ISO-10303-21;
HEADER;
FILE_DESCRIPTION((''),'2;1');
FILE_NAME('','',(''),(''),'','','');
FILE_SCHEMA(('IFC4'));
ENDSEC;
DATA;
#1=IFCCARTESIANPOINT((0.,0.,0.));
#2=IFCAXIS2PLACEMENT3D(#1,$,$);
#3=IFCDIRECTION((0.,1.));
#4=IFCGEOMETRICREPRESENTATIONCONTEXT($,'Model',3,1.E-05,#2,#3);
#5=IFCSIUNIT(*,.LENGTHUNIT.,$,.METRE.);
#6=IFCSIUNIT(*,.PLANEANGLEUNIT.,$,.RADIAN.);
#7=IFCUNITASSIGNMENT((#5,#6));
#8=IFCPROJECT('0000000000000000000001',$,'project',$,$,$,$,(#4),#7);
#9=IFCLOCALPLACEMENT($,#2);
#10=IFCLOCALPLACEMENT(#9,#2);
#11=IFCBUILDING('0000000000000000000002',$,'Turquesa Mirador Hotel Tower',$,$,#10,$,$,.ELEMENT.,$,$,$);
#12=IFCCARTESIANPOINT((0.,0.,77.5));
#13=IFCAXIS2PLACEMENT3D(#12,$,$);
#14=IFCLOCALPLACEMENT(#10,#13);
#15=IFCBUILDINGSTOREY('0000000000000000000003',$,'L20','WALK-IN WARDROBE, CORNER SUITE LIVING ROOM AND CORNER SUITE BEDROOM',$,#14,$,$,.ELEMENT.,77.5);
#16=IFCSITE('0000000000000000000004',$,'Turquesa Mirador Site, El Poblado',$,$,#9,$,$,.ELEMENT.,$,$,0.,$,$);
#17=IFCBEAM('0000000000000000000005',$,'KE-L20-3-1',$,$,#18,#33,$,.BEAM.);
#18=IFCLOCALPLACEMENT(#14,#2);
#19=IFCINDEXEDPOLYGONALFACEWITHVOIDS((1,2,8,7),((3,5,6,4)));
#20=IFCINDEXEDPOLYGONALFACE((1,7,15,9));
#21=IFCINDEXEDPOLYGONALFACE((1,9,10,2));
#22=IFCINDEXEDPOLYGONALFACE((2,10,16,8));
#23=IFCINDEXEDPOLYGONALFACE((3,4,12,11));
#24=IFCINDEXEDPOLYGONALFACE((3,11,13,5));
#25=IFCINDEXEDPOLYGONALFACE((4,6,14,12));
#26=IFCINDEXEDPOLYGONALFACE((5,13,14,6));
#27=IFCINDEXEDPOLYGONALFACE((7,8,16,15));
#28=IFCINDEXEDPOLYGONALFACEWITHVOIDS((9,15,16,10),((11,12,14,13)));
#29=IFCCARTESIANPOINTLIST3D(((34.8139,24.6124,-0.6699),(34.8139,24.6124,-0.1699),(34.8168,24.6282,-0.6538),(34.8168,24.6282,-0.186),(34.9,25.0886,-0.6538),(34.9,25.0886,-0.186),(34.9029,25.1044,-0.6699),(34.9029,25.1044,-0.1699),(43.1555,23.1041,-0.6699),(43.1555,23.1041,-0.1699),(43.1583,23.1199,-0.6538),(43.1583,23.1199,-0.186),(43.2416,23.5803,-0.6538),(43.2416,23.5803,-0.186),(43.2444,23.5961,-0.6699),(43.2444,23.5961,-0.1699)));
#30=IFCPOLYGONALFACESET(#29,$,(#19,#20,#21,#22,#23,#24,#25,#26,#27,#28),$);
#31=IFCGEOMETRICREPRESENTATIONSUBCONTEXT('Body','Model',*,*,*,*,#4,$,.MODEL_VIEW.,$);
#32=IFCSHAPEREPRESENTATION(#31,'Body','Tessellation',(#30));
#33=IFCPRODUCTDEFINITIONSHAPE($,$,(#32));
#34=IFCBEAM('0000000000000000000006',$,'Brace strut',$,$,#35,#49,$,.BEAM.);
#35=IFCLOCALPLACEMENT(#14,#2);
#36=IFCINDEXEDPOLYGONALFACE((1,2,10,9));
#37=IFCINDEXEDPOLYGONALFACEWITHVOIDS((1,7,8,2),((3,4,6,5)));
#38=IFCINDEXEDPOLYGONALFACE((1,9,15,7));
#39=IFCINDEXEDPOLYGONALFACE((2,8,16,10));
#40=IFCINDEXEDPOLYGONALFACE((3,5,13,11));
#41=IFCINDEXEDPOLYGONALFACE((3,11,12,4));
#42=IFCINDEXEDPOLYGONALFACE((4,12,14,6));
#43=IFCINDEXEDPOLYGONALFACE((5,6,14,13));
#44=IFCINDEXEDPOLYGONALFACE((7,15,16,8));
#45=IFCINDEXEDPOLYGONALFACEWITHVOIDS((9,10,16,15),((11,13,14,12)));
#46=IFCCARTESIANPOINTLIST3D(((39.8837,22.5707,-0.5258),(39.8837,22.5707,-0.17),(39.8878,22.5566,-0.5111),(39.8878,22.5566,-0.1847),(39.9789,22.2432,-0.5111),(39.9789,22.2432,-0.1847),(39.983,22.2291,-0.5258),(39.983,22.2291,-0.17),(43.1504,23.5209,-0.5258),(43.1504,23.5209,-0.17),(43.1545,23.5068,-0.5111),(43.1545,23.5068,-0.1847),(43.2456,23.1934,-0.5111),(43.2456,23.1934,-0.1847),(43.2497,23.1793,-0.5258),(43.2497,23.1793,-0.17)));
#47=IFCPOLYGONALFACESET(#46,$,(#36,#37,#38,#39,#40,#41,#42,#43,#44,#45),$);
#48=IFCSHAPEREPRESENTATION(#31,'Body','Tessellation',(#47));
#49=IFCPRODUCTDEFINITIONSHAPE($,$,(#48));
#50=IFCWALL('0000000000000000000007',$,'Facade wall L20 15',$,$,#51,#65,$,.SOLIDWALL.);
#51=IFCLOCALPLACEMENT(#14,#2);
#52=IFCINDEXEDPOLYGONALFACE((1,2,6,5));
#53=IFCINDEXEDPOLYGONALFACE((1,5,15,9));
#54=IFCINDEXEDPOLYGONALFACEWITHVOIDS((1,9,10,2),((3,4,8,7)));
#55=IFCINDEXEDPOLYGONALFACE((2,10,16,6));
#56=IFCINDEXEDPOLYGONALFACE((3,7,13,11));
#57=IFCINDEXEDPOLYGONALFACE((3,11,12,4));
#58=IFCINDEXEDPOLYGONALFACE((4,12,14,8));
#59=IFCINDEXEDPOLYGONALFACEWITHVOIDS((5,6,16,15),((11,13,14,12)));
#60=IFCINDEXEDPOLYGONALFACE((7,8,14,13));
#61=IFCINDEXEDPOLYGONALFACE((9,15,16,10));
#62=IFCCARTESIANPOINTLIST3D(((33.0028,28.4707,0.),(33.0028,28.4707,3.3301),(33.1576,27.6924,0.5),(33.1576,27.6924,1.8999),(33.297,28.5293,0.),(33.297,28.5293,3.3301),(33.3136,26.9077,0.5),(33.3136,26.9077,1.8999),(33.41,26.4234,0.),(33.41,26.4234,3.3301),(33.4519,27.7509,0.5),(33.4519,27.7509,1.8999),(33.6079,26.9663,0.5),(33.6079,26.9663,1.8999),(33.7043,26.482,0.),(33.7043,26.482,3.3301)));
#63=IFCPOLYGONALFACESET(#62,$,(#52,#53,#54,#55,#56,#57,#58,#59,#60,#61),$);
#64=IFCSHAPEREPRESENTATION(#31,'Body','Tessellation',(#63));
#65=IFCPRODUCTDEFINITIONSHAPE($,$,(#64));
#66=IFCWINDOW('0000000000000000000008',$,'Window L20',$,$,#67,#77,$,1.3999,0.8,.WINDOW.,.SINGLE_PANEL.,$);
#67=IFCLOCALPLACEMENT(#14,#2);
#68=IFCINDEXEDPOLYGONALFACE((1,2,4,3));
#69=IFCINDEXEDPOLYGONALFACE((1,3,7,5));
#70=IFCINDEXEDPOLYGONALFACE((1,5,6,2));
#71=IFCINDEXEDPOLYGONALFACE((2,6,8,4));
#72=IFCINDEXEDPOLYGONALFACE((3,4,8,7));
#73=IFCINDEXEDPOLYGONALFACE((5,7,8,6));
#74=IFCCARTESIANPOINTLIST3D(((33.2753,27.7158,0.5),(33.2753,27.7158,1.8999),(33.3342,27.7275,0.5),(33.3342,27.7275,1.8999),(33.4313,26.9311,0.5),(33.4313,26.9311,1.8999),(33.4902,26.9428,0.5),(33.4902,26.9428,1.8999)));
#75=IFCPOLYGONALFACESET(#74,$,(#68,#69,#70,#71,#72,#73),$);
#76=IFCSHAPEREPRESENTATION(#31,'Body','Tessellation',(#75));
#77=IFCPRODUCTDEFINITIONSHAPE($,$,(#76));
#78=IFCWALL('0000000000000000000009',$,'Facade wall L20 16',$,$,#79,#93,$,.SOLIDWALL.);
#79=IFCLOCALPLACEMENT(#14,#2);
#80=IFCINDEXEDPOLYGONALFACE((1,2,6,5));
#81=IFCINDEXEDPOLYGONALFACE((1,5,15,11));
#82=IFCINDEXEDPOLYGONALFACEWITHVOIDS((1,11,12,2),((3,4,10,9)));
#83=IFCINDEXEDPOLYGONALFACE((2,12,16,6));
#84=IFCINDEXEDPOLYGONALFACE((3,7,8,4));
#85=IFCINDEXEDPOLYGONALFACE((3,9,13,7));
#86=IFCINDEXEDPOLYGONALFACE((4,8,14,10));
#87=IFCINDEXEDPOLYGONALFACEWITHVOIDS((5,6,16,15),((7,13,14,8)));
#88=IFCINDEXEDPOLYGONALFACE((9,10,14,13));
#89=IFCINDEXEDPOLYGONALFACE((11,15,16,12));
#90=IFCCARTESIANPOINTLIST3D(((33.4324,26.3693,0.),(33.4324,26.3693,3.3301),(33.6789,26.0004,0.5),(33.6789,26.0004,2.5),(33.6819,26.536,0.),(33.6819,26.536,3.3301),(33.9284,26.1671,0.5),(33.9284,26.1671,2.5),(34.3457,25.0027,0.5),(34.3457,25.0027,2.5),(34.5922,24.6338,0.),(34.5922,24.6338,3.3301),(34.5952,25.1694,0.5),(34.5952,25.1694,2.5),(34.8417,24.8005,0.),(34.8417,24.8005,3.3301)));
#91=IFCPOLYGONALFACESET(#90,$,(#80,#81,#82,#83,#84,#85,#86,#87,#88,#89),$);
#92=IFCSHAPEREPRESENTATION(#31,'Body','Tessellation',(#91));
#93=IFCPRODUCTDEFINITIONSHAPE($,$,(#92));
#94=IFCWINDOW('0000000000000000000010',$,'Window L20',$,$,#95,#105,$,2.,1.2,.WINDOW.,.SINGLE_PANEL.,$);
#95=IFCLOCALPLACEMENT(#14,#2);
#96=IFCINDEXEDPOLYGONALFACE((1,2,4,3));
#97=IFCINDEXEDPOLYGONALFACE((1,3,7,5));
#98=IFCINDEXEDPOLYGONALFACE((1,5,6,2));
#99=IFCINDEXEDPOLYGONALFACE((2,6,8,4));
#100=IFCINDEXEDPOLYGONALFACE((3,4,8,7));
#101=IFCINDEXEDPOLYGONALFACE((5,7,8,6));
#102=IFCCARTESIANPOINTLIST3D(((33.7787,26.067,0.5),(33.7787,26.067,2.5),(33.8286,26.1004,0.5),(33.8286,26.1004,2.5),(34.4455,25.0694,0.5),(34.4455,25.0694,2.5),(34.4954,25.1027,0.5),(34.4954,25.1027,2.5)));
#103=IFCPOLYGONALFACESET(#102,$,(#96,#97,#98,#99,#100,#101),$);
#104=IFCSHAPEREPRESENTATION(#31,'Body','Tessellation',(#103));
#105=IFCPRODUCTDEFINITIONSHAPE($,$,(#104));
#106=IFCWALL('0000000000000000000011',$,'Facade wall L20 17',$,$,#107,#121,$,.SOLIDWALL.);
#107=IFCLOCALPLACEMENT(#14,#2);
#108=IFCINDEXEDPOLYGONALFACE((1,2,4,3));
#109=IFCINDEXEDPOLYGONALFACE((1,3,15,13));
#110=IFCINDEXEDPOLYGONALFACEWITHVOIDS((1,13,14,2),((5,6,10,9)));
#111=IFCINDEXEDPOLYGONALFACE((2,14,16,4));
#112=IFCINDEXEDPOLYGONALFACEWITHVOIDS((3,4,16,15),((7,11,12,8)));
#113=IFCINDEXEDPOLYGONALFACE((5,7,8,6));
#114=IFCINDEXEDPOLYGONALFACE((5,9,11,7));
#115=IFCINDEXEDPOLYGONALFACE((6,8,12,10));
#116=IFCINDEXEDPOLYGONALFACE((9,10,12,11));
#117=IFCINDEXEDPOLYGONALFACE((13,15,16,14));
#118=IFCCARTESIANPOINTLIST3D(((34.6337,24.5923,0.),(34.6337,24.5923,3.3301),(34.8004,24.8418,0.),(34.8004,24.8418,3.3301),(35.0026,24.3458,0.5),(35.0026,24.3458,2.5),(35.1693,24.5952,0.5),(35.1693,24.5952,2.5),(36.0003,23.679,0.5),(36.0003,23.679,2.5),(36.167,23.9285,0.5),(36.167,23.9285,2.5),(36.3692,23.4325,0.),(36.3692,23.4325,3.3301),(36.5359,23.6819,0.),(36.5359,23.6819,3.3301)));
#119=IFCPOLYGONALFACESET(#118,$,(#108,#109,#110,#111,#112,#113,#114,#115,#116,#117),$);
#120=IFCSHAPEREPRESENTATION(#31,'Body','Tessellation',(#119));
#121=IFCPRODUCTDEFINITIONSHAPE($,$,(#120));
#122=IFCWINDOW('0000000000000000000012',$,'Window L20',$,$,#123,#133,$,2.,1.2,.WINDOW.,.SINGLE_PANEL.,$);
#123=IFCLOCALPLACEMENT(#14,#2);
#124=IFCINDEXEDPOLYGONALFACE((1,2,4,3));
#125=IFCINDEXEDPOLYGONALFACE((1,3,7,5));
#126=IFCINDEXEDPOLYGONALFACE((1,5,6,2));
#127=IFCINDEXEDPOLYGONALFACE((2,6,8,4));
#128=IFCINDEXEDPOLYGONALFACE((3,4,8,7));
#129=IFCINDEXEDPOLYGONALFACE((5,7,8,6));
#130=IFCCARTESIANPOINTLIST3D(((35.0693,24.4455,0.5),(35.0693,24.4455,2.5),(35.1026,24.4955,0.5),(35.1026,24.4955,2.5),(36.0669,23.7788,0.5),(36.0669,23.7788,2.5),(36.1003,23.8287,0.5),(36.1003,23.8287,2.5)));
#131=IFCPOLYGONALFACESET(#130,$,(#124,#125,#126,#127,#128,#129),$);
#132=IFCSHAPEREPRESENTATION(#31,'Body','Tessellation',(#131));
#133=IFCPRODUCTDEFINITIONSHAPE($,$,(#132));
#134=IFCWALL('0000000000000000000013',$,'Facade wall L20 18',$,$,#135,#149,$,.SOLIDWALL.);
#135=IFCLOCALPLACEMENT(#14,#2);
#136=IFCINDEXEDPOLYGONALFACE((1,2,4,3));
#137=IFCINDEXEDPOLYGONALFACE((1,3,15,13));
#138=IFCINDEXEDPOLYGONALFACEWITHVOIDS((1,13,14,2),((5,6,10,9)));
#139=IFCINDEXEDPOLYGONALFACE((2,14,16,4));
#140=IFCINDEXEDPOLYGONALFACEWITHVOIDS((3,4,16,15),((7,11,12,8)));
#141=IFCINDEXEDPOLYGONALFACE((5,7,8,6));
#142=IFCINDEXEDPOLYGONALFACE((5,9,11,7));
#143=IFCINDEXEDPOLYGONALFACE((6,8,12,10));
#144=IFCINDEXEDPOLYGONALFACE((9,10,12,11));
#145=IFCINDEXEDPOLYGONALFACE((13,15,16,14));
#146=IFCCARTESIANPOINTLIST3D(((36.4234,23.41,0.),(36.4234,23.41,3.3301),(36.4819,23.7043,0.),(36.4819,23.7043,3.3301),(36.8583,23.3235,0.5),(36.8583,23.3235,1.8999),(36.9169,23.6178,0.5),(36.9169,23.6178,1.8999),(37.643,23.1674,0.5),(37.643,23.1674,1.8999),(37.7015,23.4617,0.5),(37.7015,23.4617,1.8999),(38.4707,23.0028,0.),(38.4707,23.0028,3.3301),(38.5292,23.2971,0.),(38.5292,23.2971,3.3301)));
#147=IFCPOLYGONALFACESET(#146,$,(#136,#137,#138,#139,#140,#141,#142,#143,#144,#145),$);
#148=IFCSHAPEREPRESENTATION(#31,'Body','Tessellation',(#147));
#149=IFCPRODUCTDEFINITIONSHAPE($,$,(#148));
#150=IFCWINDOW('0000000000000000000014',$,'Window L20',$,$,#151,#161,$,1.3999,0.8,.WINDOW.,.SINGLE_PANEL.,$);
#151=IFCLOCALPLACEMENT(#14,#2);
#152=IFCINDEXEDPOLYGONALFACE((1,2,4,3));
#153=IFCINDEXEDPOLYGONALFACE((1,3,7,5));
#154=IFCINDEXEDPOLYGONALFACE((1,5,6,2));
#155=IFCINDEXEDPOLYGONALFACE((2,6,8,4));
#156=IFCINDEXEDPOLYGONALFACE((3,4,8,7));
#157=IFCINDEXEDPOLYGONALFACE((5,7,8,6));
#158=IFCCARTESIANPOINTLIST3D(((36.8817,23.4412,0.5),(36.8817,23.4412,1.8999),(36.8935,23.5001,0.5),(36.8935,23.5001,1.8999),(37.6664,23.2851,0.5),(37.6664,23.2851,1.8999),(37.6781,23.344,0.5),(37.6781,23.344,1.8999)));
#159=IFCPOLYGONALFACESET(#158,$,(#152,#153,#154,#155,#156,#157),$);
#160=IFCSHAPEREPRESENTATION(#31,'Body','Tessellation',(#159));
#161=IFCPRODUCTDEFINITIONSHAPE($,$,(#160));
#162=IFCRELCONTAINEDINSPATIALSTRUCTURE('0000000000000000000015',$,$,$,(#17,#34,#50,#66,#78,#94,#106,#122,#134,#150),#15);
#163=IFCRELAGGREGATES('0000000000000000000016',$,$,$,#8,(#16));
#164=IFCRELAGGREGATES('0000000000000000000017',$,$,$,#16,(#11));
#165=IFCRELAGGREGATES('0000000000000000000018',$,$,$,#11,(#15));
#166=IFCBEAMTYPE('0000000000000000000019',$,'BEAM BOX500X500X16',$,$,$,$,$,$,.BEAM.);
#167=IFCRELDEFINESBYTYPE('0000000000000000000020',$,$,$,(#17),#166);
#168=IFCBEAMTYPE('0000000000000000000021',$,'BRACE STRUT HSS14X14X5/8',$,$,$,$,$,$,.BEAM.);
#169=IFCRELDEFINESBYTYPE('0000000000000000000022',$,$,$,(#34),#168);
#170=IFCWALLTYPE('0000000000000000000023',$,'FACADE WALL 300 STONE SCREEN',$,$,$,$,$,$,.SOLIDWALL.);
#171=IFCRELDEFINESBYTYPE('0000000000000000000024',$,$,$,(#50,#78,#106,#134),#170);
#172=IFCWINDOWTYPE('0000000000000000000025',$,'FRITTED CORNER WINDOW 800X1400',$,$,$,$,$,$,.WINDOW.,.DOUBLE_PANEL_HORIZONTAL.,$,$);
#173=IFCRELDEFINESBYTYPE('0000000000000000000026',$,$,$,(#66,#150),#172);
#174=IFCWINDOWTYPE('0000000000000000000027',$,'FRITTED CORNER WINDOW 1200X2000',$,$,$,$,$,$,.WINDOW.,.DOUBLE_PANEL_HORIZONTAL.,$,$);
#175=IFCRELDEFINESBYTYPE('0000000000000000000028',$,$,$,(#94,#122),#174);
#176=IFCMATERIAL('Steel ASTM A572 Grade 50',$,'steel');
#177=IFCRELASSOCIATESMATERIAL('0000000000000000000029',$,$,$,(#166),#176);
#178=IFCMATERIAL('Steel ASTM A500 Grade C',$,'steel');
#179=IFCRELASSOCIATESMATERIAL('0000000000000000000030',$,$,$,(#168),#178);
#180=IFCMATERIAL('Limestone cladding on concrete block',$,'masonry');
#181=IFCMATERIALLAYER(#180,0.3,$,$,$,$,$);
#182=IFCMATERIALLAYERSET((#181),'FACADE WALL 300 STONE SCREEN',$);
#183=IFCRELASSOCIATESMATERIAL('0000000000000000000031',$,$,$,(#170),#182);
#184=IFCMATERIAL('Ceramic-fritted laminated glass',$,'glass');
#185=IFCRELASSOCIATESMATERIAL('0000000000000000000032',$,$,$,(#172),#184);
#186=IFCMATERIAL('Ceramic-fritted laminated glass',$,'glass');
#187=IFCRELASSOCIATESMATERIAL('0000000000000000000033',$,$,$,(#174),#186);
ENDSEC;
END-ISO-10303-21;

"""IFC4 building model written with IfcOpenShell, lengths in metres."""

from ifc_helpers import new_model, si_unit, direction, frame, frame_2d, origin, origin_2d, place, context, subcontext, project, spatial, rectangle, hollow_rectangle, extrude, material, layer, layer_set, material_profile, profile_set, type_object, element, fill, save


model = new_model("IFC4")

# Units and contexts
model_context = context("Model", 3, precision=1e-05, world=origin(), true_north=direction((0.0, 1.0)))
body_context = subcontext(model_context, "Body", "Model", "MODEL_VIEW")
ifc_project = project(units=[si_unit("LENGTHUNIT", "METRE"), si_unit("PLANEANGLEUNIT", "RADIAN")], contexts=[model_context])

# Site, building, storey
site_placement = place(None, origin())
site = spatial("IfcSite", under=ifc_project, at=site_placement, Name="Turquesa Mirador Site, El Poblado", CompositionType="ELEMENT", RefElevation=0.0)
building_placement = place(site_placement, origin())
building = spatial("IfcBuilding", under=site, at=building_placement, Name="Turquesa Mirador Hotel Tower", CompositionType="ELEMENT")
storey_placement = place(building_placement, frame((0.0, 0.0, 77.5)))
storey = spatial("IfcBuildingStorey", under=building, at=storey_placement, Name="L20", Description="WALK-IN WARDROBE, CORNER SUITE LIVING ROOM AND CORNER SUITE BEDROOM", CompositionType="ELEMENT", Elevation=77.5)

# Beams
ifc_material_1 = material(Name="Steel ASTM A572 Grade 50", Category="steel")
ifc_material_profile_1 = material_profile(ifc_material_1, hollow_rectangle(XDim=0.5, YDim=0.5, WallThickness=0.0161, at=origin_2d()), Name="BOX500X500X16")
ifc_profile_set_1 = profile_set([ifc_material_profile_1], Name="Steel ASTM A572 Grade 50")
beam_type_1 = type_object("IfcBeamType", Name="BEAM BOX500X500X16", PredefinedType="BEAM", material=ifc_profile_set_1)
beam_1_placement = place(storey_placement, frame((34.8584, 24.8584, -0.4199), z_axis=(0.984043, -0.177932, 0.0), x_axis=(0.177932, 0.984043, 0.0)))
element("IfcBeam", 1, at=beam_1_placement, inside=storey, type_object=beam_type_1, Name="KE-L20-3-1", PredefinedType="BEAM", context=body_context, shape_type="SweptSolid", body=[
    extrude(hollow_rectangle(XDim=0.5, YDim=0.5, WallThickness=0.0161, at=origin_2d()), origin(), (0.0, 0.0, 1.0), 8.4768),
])
ifc_material_2 = material(Name="Steel ASTM A500 Grade C", Category="steel")
ifc_material_profile_2 = material_profile(ifc_material_2, hollow_rectangle(XDim=0.3557, YDim=0.3557, WallThickness=0.0146, at=origin_2d()), Name="HSS14X14X5/8")
ifc_profile_set_2 = profile_set([ifc_material_profile_2], Name="Steel ASTM A500 Grade C")
beam_type_2 = type_object("IfcBeamType", Name="BRACE STRUT HSS14X14X5/8", PredefinedType="BEAM", material=ifc_profile_set_2)
beam_2_placement = place(storey_placement, frame((39.9333, 22.3999, -0.3479), z_axis=(0.960202, 0.279305, 0.0), x_axis=(-0.279305, 0.960202, 0.0)))
element("IfcBeam", 2, at=beam_2_placement, inside=storey, type_object=beam_type_2, Name="Brace strut", PredefinedType="BEAM", context=body_context, shape_type="SweptSolid", body=[
    extrude(hollow_rectangle(XDim=0.3557, YDim=0.3557, WallThickness=0.0146, at=origin_2d()), origin(), (0.0, 0.0, 1.0), 3.4021),
])

# Walls, openings, windows
ifc_material_3 = material(Name="Limestone cladding on concrete block", Category="masonry")
ifc_layer_1 = layer(ifc_material_3, 0.3)
ifc_layer_set_1 = layer_set([ifc_layer_1], Name="FACADE WALL 300 STONE SCREEN")
wall_type_1 = type_object("IfcWallType", Name="FACADE WALL 300 STONE SCREEN", PredefinedType="SOLIDWALL", material=ifc_layer_set_1)
wall_1_placement = place(storey_placement, frame((33.1499, 28.5, 0.0), z_axis=(0.0, 0.0, 1.0), x_axis=(0.195081, -0.980787, 0.0)))
wall_1 = element("IfcWall", 3, at=wall_1_placement, inside=storey, type_object=wall_type_1, Name="Facade wall L20 15", PredefinedType="SOLIDWALL", context=body_context, shape_type="SweptSolid", body=[
    extrude(rectangle(XDim=2.0874, YDim=0.3, at=frame_2d((1.0437, 0.0))), origin(), (0.0, 0.0, 1.0), 3.3301),
])
opening_1_placement = place(wall_1_placement, frame((0.7937, 0.0, 0.5)))
opening_1 = element("IfcOpeningElement", 4, at=opening_1_placement, cuts=wall_1, PredefinedType="OPENING", context=body_context, shape_type="SweptSolid", body=[
    extrude(rectangle(XDim=0.8, YDim=1.3999, at=frame_2d((0.3999, 0.7))), frame((0.0, 0.1599, 0.0), z_axis=(0.0, -1.0, 0.0), x_axis=(1.0, 0.0, 0.0)), (0.0, 0.0, 1.0), 0.3201),
])
ifc_material_4 = material(Name="Ceramic-fritted laminated glass", Category="glass")
window_type_1 = type_object("IfcWindowType", Name="FRITTED CORNER WINDOW 800X1400", PartitioningType="DOUBLE_PANEL_HORIZONTAL", PredefinedType="WINDOW", material=ifc_material_4)
window_1_placement = place(opening_1_placement, origin())
window_1 = element("IfcWindow", 5, at=window_1_placement, inside=storey, type_object=window_type_1, Name="Window L20", OverallHeight=1.3999, OverallWidth=0.8, PartitioningType="SINGLE_PANEL", PredefinedType="WINDOW", context=body_context, shape_type="SweptSolid", body=[
    extrude(rectangle(XDim=0.8, YDim=1.3999, at=frame_2d((0.3999, 0.7))), frame((0.0, 0.03, 0.0), z_axis=(0.0, -1.0, 0.0), x_axis=(1.0, 0.0, 0.0)), (0.0, 0.0, 1.0), 0.0601),
])
fill(opening_1, window_1)
wall_2_placement = place(storey_placement, frame((33.5571, 26.4526, 0.0), z_axis=(0.0, 0.0, 1.0), x_axis=(0.555644, -0.83142, 0.0)))
wall_2 = element("IfcWall", 6, at=wall_2_placement, inside=storey, type_object=wall_type_1, Name="Facade wall L20 16", PredefinedType="SOLIDWALL", context=body_context, shape_type="SweptSolid", body=[
    extrude(rectangle(XDim=2.0874, YDim=0.3, at=frame_2d((1.0437, 0.0))), origin(), (0.0, 0.0, 1.0), 3.3301),
])
opening_2_placement = place(wall_2_placement, frame((0.4436, 0.0, 0.5)))
opening_2 = element("IfcOpeningElement", 7, at=opening_2_placement, cuts=wall_2, PredefinedType="OPENING", context=body_context, shape_type="SweptSolid", body=[
    extrude(rectangle(XDim=1.2, YDim=2.0, at=frame_2d((0.6001, 1.0))), frame((0.0, 0.1599, 0.0), z_axis=(0.0, -1.0, 0.0), x_axis=(1.0, 0.0, 0.0)), (0.0, 0.0, 1.0), 0.3201),
])
ifc_material_5 = material(Name="Ceramic-fritted laminated glass", Category="glass")
window_type_2 = type_object("IfcWindowType", Name="FRITTED CORNER WINDOW 1200X2000", PartitioningType="DOUBLE_PANEL_HORIZONTAL", PredefinedType="WINDOW", material=ifc_material_5)
window_2_placement = place(opening_2_placement, origin())
window_2 = element("IfcWindow", 8, at=window_2_placement, inside=storey, type_object=window_type_2, Name="Window L20", OverallHeight=2.0, OverallWidth=1.2, PartitioningType="SINGLE_PANEL", PredefinedType="WINDOW", context=body_context, shape_type="SweptSolid", body=[
    extrude(rectangle(XDim=1.2, YDim=2.0, at=frame_2d((0.6001, 1.0))), frame((0.0, 0.03, 0.0), z_axis=(0.0, -1.0, 0.0), x_axis=(1.0, 0.0, 0.0)), (0.0, 0.0, 1.0), 0.0601),
])
fill(opening_2, window_2)
wall_3_placement = place(storey_placement, frame((34.717, 24.717, 0.0), z_axis=(0.0, 0.0, 1.0), x_axis=(0.83142, -0.555644, 0.0)))
wall_3 = element("IfcWall", 9, at=wall_3_placement, inside=storey, type_object=wall_type_1, Name="Facade wall L20 17", PredefinedType="SOLIDWALL", context=body_context, shape_type="SweptSolid", body=[
    extrude(rectangle(XDim=2.0874, YDim=0.3, at=frame_2d((1.0437, 0.0))), origin(), (0.0, 0.0, 1.0), 3.3301),
])
opening_3_placement = place(wall_3_placement, frame((0.4436, 0.0, 0.5)))
opening_3 = element("IfcOpeningElement", 10, at=opening_3_placement, cuts=wall_3, PredefinedType="OPENING", context=body_context, shape_type="SweptSolid", body=[
    extrude(rectangle(XDim=1.2, YDim=2.0, at=frame_2d((0.6001, 1.0))), frame((0.0, 0.1599, 0.0), z_axis=(0.0, -1.0, 0.0), x_axis=(1.0, 0.0, 0.0)), (0.0, 0.0, 1.0), 0.3201),
])
window_3_placement = place(opening_3_placement, origin())
window_3 = element("IfcWindow", 11, at=window_3_placement, inside=storey, type_object=window_type_2, Name="Window L20", OverallHeight=2.0, OverallWidth=1.2, PartitioningType="SINGLE_PANEL", PredefinedType="WINDOW", context=body_context, shape_type="SweptSolid", body=[
    extrude(rectangle(XDim=1.2, YDim=2.0, at=frame_2d((0.6001, 1.0))), frame((0.0, 0.03, 0.0), z_axis=(0.0, -1.0, 0.0), x_axis=(1.0, 0.0, 0.0)), (0.0, 0.0, 1.0), 0.0601),
])
fill(opening_3, window_3)
wall_4_placement = place(storey_placement, frame((36.4526, 23.5571, 0.0), z_axis=(0.0, 0.0, 1.0), x_axis=(0.980787, -0.195081, 0.0)))
wall_4 = element("IfcWall", 12, at=wall_4_placement, inside=storey, type_object=wall_type_1, Name="Facade wall L20 18", PredefinedType="SOLIDWALL", context=body_context, shape_type="SweptSolid", body=[
    extrude(rectangle(XDim=2.0874, YDim=0.3, at=frame_2d((1.0437, 0.0))), origin(), (0.0, 0.0, 1.0), 3.3301),
])
opening_4_placement = place(wall_4_placement, frame((0.4436, 0.0, 0.5)))
opening_4 = element("IfcOpeningElement", 13, at=opening_4_placement, cuts=wall_4, PredefinedType="OPENING", context=body_context, shape_type="SweptSolid", body=[
    extrude(rectangle(XDim=0.8, YDim=1.3999, at=frame_2d((0.3999, 0.7))), frame((0.0, 0.1599, 0.0), z_axis=(0.0, -1.0, 0.0), x_axis=(1.0, 0.0, 0.0)), (0.0, 0.0, 1.0), 0.3201),
])
window_4_placement = place(opening_4_placement, origin())
window_4 = element("IfcWindow", 14, at=window_4_placement, inside=storey, type_object=window_type_1, Name="Window L20", OverallHeight=1.3999, OverallWidth=0.8, PartitioningType="SINGLE_PANEL", PredefinedType="WINDOW", context=body_context, shape_type="SweptSolid", body=[
    extrude(rectangle(XDim=0.8, YDim=1.3999, at=frame_2d((0.3999, 0.7))), frame((0.0, 0.03, 0.0), z_axis=(0.0, -1.0, 0.0), x_axis=(1.0, 0.0, 0.0)), (0.0, 0.0, 1.0), 0.0601),
])
fill(opening_4, window_4)

save(model, "model.ifc")
